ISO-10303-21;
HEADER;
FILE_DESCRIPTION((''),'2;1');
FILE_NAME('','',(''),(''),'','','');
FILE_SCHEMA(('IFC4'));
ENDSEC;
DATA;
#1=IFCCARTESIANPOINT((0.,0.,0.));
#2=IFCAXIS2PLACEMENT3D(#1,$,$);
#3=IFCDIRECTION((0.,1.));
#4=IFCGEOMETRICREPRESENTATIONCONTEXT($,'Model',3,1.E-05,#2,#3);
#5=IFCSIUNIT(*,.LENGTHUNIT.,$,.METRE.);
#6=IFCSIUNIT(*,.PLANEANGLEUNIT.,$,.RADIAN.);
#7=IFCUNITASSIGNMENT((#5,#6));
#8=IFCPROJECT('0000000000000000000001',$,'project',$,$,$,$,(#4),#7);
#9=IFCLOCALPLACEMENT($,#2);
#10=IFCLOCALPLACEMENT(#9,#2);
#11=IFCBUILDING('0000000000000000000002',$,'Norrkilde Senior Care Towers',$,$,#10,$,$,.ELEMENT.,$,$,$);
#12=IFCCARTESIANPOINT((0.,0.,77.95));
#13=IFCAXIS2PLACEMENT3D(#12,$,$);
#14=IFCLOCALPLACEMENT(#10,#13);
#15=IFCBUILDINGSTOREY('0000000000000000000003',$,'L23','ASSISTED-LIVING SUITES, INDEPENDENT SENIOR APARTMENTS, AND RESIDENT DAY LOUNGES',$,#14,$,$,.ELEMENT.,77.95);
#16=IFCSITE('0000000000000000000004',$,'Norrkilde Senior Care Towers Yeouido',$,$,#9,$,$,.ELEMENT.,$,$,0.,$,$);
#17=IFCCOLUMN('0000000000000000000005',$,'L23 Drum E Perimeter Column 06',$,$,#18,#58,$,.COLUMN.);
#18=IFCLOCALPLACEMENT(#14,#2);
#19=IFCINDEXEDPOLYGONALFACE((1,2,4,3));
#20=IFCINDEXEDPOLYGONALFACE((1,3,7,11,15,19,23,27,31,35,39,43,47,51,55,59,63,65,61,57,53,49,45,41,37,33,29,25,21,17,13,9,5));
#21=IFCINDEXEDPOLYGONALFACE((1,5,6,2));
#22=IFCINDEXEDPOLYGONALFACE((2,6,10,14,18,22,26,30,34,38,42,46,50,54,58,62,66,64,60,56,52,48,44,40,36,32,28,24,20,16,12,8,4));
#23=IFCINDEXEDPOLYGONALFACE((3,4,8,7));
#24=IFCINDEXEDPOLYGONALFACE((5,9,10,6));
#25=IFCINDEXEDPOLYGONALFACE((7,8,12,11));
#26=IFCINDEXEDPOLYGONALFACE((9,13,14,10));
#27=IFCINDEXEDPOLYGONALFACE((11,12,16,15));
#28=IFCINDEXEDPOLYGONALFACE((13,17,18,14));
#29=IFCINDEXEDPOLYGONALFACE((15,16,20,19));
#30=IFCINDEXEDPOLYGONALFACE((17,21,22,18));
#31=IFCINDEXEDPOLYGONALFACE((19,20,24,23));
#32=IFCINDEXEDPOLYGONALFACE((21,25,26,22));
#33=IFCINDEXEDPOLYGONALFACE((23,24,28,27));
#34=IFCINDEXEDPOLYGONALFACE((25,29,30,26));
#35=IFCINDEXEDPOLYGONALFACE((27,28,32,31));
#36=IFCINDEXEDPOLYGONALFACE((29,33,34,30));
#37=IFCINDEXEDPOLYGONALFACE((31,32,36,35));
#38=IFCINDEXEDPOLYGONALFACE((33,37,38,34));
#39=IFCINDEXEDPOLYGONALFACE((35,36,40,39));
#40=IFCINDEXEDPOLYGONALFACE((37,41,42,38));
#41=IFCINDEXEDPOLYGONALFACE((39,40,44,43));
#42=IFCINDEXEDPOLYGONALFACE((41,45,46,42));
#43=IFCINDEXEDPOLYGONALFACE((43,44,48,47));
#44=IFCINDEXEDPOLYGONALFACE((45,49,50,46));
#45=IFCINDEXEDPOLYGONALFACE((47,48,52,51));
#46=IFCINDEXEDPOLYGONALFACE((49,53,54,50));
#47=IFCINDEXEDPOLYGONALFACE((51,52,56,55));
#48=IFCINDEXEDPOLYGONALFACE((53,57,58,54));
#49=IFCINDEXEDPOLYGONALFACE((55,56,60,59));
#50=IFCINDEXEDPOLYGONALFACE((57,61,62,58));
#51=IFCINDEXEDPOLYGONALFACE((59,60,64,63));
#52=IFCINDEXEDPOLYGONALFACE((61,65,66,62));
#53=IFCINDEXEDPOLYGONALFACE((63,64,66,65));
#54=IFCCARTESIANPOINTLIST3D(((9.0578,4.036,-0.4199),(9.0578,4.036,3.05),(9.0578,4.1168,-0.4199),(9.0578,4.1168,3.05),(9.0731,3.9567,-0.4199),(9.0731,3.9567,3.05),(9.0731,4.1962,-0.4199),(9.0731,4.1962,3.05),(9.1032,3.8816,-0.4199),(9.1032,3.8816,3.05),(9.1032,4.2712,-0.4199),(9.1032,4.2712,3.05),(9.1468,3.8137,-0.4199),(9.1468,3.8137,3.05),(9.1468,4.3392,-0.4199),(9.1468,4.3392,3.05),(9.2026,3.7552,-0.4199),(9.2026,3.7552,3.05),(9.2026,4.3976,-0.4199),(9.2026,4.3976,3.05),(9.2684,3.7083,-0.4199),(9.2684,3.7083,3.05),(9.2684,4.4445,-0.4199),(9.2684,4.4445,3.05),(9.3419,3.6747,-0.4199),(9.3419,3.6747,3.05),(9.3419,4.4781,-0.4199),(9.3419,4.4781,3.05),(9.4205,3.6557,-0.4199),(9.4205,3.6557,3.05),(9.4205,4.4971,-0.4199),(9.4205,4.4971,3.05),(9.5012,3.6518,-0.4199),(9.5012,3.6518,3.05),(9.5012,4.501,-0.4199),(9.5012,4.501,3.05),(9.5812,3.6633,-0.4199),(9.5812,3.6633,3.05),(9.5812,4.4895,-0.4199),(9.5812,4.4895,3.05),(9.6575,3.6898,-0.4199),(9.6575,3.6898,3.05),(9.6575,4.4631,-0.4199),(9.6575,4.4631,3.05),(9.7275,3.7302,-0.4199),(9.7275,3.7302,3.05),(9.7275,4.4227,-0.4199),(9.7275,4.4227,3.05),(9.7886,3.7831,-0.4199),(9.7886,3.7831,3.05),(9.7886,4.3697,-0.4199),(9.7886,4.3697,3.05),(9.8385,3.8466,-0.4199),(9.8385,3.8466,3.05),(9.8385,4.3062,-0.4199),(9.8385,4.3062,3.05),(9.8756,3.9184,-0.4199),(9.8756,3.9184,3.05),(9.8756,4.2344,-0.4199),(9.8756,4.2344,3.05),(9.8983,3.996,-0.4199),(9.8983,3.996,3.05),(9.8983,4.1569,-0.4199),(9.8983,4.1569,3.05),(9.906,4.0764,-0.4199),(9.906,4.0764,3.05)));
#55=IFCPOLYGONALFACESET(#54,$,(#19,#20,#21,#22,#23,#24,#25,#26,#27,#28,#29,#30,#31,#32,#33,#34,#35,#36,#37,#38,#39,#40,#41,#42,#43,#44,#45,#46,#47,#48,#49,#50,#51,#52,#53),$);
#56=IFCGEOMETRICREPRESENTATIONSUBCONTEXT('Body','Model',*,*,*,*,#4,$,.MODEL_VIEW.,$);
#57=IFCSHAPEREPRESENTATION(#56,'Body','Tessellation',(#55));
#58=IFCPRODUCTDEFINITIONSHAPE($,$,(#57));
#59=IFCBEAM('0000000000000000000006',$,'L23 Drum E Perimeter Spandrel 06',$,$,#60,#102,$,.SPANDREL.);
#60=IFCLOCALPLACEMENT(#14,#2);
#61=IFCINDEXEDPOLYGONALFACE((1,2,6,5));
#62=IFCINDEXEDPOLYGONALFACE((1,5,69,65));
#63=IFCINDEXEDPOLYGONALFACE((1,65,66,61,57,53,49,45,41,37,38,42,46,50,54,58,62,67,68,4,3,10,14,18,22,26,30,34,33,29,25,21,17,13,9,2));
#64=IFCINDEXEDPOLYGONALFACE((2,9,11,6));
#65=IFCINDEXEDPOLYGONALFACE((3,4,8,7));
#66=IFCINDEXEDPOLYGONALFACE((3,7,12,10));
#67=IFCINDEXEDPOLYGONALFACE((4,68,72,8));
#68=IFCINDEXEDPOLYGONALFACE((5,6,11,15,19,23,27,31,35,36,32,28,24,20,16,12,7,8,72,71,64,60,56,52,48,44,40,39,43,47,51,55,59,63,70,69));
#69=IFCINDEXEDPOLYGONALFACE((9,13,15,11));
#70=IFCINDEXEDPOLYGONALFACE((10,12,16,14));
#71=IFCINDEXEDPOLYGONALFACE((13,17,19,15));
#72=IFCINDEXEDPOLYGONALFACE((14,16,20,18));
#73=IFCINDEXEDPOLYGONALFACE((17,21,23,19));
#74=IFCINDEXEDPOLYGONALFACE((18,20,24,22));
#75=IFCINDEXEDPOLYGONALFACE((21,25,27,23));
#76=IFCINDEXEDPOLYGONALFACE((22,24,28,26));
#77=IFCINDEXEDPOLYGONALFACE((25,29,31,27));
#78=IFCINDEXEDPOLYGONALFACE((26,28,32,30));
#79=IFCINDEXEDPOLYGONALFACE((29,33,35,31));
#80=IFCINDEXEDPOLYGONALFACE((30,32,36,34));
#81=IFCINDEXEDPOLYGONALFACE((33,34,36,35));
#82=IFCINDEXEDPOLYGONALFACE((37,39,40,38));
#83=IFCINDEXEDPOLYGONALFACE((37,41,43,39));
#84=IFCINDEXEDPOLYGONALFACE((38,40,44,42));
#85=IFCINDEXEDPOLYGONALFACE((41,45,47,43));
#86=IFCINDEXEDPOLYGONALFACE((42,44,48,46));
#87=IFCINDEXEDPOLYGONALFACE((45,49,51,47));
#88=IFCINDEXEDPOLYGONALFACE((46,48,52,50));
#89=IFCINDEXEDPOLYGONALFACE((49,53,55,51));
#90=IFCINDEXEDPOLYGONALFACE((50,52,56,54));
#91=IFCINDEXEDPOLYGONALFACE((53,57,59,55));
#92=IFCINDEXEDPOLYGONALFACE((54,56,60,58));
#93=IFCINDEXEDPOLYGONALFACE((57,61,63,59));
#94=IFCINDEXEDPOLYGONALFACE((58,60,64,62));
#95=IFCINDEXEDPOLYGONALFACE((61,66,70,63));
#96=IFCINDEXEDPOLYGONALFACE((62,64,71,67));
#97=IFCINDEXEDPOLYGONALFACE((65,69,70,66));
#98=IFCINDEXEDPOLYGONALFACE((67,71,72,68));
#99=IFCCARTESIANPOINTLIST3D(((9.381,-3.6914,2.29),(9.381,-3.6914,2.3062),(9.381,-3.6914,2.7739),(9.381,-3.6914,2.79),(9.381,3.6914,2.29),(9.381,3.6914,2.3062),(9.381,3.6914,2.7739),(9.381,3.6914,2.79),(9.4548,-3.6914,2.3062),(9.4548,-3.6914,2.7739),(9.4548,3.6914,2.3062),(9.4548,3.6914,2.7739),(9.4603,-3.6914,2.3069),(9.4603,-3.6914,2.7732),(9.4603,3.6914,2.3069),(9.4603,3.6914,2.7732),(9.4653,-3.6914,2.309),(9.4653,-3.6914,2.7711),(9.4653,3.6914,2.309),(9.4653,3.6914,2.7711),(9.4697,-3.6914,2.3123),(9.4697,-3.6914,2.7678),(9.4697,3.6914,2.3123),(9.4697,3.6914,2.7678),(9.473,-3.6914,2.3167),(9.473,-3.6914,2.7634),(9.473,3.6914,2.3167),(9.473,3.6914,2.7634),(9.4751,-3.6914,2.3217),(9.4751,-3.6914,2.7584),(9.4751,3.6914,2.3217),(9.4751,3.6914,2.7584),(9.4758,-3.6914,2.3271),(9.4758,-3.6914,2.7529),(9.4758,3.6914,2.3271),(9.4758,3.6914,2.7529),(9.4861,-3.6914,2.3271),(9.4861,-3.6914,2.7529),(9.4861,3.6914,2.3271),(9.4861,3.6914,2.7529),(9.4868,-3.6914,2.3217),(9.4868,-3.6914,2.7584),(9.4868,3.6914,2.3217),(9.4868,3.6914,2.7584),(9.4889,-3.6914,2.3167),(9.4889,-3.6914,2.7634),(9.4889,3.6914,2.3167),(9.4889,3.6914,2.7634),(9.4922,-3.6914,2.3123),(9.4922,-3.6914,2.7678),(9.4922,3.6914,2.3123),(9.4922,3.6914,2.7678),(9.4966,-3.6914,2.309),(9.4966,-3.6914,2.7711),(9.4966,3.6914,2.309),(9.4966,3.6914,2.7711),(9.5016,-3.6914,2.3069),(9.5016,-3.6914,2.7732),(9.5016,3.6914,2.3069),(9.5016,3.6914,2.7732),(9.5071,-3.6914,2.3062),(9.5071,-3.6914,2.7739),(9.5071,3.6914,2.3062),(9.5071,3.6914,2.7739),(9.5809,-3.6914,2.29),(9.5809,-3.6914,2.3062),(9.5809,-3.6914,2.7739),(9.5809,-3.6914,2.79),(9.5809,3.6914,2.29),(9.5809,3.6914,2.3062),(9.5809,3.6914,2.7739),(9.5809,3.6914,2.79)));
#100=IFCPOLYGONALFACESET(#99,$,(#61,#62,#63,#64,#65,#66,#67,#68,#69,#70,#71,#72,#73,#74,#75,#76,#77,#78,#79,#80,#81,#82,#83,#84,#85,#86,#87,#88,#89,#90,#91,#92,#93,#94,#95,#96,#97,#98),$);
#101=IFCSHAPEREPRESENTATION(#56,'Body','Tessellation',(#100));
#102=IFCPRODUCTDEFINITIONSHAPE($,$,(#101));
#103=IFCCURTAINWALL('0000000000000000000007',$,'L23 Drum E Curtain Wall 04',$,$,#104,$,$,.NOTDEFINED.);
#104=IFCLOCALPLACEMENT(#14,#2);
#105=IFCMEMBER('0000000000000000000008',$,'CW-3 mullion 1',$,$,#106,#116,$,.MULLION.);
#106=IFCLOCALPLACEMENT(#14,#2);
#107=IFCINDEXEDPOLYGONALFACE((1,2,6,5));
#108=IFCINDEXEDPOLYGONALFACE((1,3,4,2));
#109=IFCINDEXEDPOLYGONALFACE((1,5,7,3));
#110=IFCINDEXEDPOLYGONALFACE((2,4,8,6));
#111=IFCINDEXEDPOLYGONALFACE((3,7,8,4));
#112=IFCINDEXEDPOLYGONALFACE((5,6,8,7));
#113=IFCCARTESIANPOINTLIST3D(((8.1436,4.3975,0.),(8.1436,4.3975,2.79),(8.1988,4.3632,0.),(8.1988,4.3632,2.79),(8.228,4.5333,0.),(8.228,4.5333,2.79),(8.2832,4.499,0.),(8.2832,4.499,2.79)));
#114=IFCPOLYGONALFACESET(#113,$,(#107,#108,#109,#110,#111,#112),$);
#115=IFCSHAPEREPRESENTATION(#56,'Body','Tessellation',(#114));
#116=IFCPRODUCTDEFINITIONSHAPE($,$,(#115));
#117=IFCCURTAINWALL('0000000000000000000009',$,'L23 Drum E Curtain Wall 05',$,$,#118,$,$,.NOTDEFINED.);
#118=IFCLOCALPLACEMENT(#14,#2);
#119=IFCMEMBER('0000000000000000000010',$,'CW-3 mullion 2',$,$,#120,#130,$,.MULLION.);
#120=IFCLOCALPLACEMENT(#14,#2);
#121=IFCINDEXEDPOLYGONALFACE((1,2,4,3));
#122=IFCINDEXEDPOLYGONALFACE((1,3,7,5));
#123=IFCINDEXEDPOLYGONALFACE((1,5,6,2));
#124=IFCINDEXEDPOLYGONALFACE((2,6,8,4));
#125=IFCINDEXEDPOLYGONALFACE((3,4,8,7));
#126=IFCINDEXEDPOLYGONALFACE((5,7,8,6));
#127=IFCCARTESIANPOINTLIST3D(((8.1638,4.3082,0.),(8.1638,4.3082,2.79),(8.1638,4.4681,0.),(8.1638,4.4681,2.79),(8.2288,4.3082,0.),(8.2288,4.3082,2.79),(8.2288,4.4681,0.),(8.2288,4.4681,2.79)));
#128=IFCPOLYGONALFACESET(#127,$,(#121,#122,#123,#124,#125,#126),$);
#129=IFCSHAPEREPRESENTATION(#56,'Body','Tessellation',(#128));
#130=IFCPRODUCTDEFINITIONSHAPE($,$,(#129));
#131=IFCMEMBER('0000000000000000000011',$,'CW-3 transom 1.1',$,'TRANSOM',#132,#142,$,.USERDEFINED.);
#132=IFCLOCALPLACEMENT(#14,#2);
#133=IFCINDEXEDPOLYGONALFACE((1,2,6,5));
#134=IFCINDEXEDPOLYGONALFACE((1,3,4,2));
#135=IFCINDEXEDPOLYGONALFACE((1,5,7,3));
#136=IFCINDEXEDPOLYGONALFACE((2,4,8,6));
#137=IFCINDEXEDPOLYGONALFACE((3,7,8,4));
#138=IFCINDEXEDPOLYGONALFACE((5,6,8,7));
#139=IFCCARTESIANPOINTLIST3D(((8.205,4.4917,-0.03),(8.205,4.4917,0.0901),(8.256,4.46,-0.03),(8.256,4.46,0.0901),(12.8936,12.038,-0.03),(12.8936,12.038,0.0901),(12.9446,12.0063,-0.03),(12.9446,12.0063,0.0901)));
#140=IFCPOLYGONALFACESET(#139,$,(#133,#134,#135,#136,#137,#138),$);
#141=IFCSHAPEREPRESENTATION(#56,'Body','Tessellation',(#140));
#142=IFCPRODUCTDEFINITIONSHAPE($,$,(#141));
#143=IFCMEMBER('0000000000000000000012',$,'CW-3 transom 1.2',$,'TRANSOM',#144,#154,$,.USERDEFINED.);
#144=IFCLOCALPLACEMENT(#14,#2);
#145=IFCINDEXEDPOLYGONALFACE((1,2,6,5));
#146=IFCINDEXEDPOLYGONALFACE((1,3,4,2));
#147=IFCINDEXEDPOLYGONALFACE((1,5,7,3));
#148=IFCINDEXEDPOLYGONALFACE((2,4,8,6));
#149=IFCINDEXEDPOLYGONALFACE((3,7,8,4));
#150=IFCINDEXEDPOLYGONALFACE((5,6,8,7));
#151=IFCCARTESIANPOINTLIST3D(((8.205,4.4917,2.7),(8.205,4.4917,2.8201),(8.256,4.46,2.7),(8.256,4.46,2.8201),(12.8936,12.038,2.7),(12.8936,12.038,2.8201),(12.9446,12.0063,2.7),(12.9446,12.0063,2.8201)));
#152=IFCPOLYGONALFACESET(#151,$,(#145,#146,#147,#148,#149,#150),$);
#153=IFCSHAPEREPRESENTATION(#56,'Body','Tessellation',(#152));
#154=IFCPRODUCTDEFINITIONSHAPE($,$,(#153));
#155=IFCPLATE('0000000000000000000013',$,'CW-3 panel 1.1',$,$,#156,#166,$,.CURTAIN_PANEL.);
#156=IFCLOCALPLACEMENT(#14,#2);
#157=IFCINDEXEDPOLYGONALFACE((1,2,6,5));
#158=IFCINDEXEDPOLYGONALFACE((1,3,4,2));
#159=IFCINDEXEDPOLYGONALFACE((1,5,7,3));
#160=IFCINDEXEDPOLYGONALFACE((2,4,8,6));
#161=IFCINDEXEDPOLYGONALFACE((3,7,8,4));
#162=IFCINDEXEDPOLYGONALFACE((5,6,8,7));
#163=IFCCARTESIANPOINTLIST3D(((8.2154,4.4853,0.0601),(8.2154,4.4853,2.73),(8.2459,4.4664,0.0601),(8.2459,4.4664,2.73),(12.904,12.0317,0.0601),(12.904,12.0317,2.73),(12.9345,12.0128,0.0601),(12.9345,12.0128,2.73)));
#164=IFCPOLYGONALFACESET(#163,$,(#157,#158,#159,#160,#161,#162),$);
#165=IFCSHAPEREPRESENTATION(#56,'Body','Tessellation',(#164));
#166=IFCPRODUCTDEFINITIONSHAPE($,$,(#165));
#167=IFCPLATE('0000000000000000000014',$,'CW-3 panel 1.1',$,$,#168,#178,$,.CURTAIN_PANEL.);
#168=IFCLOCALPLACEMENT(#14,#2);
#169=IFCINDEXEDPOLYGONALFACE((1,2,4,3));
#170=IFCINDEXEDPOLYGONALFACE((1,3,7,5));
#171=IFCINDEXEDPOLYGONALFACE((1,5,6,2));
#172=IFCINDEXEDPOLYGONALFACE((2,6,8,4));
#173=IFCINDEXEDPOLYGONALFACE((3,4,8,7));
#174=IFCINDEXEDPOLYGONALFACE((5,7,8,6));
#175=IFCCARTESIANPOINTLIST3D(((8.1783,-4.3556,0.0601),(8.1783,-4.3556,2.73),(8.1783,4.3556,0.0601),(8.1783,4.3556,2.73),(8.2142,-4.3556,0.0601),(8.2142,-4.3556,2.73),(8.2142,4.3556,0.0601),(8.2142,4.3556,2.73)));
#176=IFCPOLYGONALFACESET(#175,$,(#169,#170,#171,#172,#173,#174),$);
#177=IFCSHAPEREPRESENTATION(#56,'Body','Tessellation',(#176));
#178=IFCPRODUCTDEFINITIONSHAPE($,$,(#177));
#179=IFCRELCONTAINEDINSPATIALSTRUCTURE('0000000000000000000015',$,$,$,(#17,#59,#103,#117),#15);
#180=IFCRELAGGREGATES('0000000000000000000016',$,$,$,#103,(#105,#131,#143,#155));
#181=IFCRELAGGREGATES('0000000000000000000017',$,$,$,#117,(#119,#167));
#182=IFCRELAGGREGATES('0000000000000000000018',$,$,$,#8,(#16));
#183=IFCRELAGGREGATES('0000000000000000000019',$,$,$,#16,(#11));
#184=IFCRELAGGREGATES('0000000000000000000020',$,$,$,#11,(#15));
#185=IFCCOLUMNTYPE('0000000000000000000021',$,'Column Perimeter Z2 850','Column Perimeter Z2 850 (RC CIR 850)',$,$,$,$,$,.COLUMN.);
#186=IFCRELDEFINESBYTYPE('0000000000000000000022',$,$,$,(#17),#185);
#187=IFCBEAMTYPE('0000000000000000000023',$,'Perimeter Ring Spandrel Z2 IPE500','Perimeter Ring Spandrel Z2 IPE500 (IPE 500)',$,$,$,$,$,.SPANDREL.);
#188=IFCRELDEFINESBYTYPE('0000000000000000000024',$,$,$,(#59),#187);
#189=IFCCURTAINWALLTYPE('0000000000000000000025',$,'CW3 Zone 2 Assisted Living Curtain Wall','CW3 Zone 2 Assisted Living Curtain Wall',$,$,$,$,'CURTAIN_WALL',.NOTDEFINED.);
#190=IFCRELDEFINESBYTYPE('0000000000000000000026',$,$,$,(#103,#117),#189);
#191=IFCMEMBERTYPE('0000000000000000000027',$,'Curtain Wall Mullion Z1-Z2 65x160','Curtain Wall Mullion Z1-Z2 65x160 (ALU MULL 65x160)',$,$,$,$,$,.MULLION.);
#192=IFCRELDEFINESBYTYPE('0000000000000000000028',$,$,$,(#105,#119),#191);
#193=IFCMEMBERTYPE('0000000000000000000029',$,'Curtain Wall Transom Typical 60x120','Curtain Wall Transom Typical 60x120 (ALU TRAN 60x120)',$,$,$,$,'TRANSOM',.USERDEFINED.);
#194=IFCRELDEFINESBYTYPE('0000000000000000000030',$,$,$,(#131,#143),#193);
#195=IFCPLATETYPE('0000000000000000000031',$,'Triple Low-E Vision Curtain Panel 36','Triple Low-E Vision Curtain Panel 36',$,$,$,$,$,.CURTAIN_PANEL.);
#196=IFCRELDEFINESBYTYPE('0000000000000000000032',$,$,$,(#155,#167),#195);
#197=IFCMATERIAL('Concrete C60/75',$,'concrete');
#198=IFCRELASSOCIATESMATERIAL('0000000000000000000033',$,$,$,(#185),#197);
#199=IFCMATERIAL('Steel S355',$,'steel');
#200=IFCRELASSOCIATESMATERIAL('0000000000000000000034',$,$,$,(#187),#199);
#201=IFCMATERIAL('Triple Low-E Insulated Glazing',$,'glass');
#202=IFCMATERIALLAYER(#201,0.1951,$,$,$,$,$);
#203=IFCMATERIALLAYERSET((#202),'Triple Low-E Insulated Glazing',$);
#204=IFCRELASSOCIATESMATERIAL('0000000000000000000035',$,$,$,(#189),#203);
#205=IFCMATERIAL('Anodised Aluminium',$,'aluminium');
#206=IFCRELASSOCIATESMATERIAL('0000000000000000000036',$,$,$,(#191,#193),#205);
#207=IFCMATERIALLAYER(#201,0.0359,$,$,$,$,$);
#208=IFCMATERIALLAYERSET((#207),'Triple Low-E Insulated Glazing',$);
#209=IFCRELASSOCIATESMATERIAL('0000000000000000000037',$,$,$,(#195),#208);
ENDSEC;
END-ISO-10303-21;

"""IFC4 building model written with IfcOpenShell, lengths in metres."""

from ifc_helpers import new_model, si_unit, direction, frame, origin, origin_2d, place, context, subcontext, project, spatial, rectangle, circle, i_section, extrude, source, transform, mapped, material, layer, layer_set, material_profile, profile_set, type_object, type_shapes, element, aggregate, save


model = new_model("IFC4")

# Units and contexts
model_context = context("Model", 3, precision=1e-05, world=origin(), true_north=direction((0.0, 1.0)))
body_context = subcontext(model_context, "Body", "Model", "MODEL_VIEW")
ifc_project = project(units=[si_unit("LENGTHUNIT", "METRE"), si_unit("PLANEANGLEUNIT", "RADIAN")], contexts=[model_context])

# Site, building, storey
site_placement = place(None, origin())
site = spatial("IfcSite", under=ifc_project, at=site_placement, Name="Norrkilde Senior Care Towers Yeouido", CompositionType="ELEMENT", RefElevation=0.0)
building_placement = place(site_placement, origin())
building = spatial("IfcBuilding", under=site, at=building_placement, Name="Norrkilde Senior Care Towers", CompositionType="ELEMENT")
storey_placement = place(building_placement, frame((0.0, 0.0, 77.95)))
storey = spatial("IfcBuildingStorey", under=building, at=storey_placement, Name="L23", Description="ASSISTED-LIVING SUITES, INDEPENDENT SENIOR APARTMENTS, AND RESIDENT DAY LOUNGES", CompositionType="ELEMENT", Elevation=77.95)

# Column
ifc_material_1 = material(Name="Concrete C60/75", Category="concrete")
ifc_material_profile_1 = material_profile(ifc_material_1, circle(Radius=0.425, at=origin_2d()), Name="RC CIR 850")
ifc_profile_set_1 = profile_set([ifc_material_profile_1], Name="Concrete C60/75")
column_type = type_object("IfcColumnType", Name="Column Perimeter Z2 850", Description="Column Perimeter Z2 850 (RC CIR 850)", PredefinedType="COLUMN", material=ifc_profile_set_1)
shared_shape_1 = source(origin(), body_context, "Body", "SweptSolid", [
    extrude(circle(Radius=0.425, at=origin_2d()), origin(), (0.0, 0.0, 1.0), 3.47),
])
type_shapes(column_type, [shared_shape_1])
column_placement = place(storey_placement, frame((9.481, 4.0764, -0.4199), z_axis=(0.0, 0.0, 1.0), x_axis=(1.0, 0.0, 0.0)))
element("IfcColumn", 1, at=column_placement, inside=storey, type_object=column_type, Name="L23 Drum E Perimeter Column 06", PredefinedType="COLUMN", context=body_context, shape_type="MappedRepresentation", body=[
    mapped(shared_shape_1, transform((0.0, 0.0, 0.0), x_axis=(1.0, 0.0, 0.0), y_axis=(0.0, 1.0, 0.0), z_axis=(0.0, 0.0, 1.0), scale=1.0)),
])

# Beam
ifc_material_2 = material(Name="Steel S355", Category="steel")
ifc_material_profile_2 = material_profile(ifc_material_2, i_section(OverallWidth=0.2, OverallDepth=0.5, WebThickness=0.0103, FlangeThickness=0.0161, FilletRadius=0.021, at=origin_2d()), Name="IPE 500")
ifc_profile_set_2 = profile_set([ifc_material_profile_2], Name="Steel S355")
beam_type = type_object("IfcBeamType", Name="Perimeter Ring Spandrel Z2 IPE500", Description="Perimeter Ring Spandrel Z2 IPE500 (IPE 500)", PredefinedType="SPANDREL", material=ifc_profile_set_2)
shared_shape_2 = source(origin(), body_context, "Body", "SweptSolid", [
    extrude(i_section(OverallWidth=0.2, OverallDepth=0.5, WebThickness=0.0103, FlangeThickness=0.0161, FilletRadius=0.021, at=origin_2d()), origin(), (0.0, 0.0, 1.0), 7.3828),
])
type_shapes(beam_type, [shared_shape_2])
beam_placement = place(storey_placement, frame((9.481, 3.6914, 2.54), z_axis=(0.0, -1.0, 0.0), x_axis=(1.0, 0.0, 0.0)))
element("IfcBeam", 2, at=beam_placement, inside=storey, type_object=beam_type, Name="L23 Drum E Perimeter Spandrel 06", PredefinedType="SPANDREL", context=body_context, shape_type="MappedRepresentation", body=[
    mapped(shared_shape_2, transform((0.0, 0.0, 0.0), x_axis=(1.0, 0.0, 0.0), y_axis=(0.0, 1.0, 0.0), z_axis=(0.0, 0.0, 1.0), scale=1.0)),
])

# Curtain walls, members
ifc_material_3 = material(Name="Triple Low-E Insulated Glazing", Category="glass")
ifc_layer_1 = layer(ifc_material_3, 0.1951)
ifc_layer_set_1 = layer_set([ifc_layer_1], Name="Triple Low-E Insulated Glazing")
curtain_wall_type = type_object("IfcCurtainWallType", Name="CW3 Zone 2 Assisted Living Curtain Wall", Description="CW3 Zone 2 Assisted Living Curtain Wall", ElementType="CURTAIN_WALL", PredefinedType="NOTDEFINED", material=ifc_layer_set_1)
curtain_wall_1_placement = place(storey_placement, origin())
curtain_wall_1 = element("IfcCurtainWall", 3, at=curtain_wall_1_placement, inside=storey, type_object=curtain_wall_type, Name="L23 Drum E Curtain Wall 04", PredefinedType="NOTDEFINED")
ifc_material_4 = material(Name="Anodised Aluminium", Category="aluminium")
ifc_material_profile_3 = material_profile(ifc_material_4, rectangle(XDim=0.0649, YDim=0.1599, at=origin_2d()), Name="ALU MULL 65x160")
ifc_profile_set_3 = profile_set([ifc_material_profile_3], Name="Anodised Aluminium")
member_type_1 = type_object("IfcMemberType", Name="Curtain Wall Mullion Z1-Z2 65x160", Description="Curtain Wall Mullion Z1-Z2 65x160 (ALU MULL 65x160)", PredefinedType="MULLION", material=ifc_profile_set_3)
shared_shape_3 = source(origin(), body_context, "Body", "SweptSolid", [
    extrude(rectangle(XDim=0.0649, YDim=0.1599, at=origin_2d()), origin(), (0.0, 0.0, 1.0), 2.79),
])
type_shapes(member_type_1, [shared_shape_3])
member_1_placement = place(storey_placement, frame((8.2134, 4.4482, 0.0), z_axis=(0.0, 0.0, 1.0), x_axis=(-0.84941, 0.527733, 0.0)))
member_1 = element("IfcMember", 4, at=member_1_placement, type_object=member_type_1, Name="CW-3 mullion 1", PredefinedType="MULLION", context=body_context, shape_type="MappedRepresentation", body=[
    mapped(shared_shape_3, transform((0.0, 0.0, 0.0), x_axis=(1.0, 0.0, 0.0), y_axis=(0.0, 1.0, 0.0), z_axis=(0.0, 0.0, 1.0), scale=1.0)),
])
curtain_wall_2_placement = place(storey_placement, origin())
curtain_wall_2 = element("IfcCurtainWall", 5, at=curtain_wall_2_placement, inside=storey, type_object=curtain_wall_type, Name="L23 Drum E Curtain Wall 05", PredefinedType="NOTDEFINED")
member_2_placement = place(storey_placement, frame((8.1963, 4.3882, 0.0), z_axis=(0.0, 0.0, 1.0), x_axis=(-1.0, 0.0, 0.0)))
member_2 = element("IfcMember", 6, at=member_2_placement, type_object=member_type_1, Name="CW-3 mullion 2", PredefinedType="MULLION", context=body_context, shape_type="MappedRepresentation", body=[
    mapped(shared_shape_3, transform((0.0, 0.0, 0.0), x_axis=(1.0, 0.0, 0.0), y_axis=(0.0, 1.0, 0.0), z_axis=(0.0, 0.0, 1.0), scale=1.0)),
])

# Members
ifc_material_profile_4 = material_profile(ifc_material_4, rectangle(XDim=0.0601, YDim=0.1201, at=origin_2d()), Name="ALU TRAN 60x120")
ifc_profile_set_4 = profile_set([ifc_material_profile_4], Name="Anodised Aluminium")
member_type_2 = type_object("IfcMemberType", Name="Curtain Wall Transom Typical 60x120", Description="Curtain Wall Transom Typical 60x120 (ALU TRAN 60x120)", ElementType="TRANSOM", PredefinedType="USERDEFINED", material=ifc_profile_set_4)
shared_shape_4 = source(origin(), body_context, "Body", "SweptSolid", [
    extrude(rectangle(XDim=0.0601, YDim=0.1201, at=origin_2d()), origin(), (0.0, 0.0, 1.0), 8.8843),
])
type_shapes(member_type_2, [shared_shape_4])
member_3_placement = place(storey_placement, frame((8.2305, 4.4758, 0.03), z_axis=(0.527749, 0.8494, 0.0), x_axis=(-0.8494, 0.527749, 0.0)))
member_3 = element("IfcMember", 7, at=member_3_placement, type_object=member_type_2, Name="CW-3 transom 1.1", ObjectType="TRANSOM", PredefinedType="USERDEFINED", context=body_context, shape_type="MappedRepresentation", body=[
    mapped(shared_shape_4, transform((0.0, 0.0, 0.0), x_axis=(1.0, 0.0, 0.0), y_axis=(0.0, 1.0, 0.0), z_axis=(0.0, 0.0, 1.0), scale=1.0)),
])
member_4_placement = place(storey_placement, frame((8.2305, 4.4758, 2.76), z_axis=(0.527749, 0.8494, 0.0), x_axis=(-0.8494, 0.527749, 0.0)))
member_4 = element("IfcMember", 8, at=member_4_placement, type_object=member_type_2, Name="CW-3 transom 1.2", ObjectType="TRANSOM", PredefinedType="USERDEFINED", context=body_context, shape_type="MappedRepresentation", body=[
    mapped(shared_shape_4, transform((0.0, 0.0, 0.0), x_axis=(1.0, 0.0, 0.0), y_axis=(0.0, 1.0, 0.0), z_axis=(0.0, 0.0, 1.0), scale=1.0)),
])

# Plates
ifc_layer_2 = layer(ifc_material_3, 0.0359)
ifc_layer_set_2 = layer_set([ifc_layer_2], Name="Triple Low-E Insulated Glazing")
plate_type = type_object("IfcPlateType", Name="Triple Low-E Vision Curtain Panel 36", Description="Triple Low-E Vision Curtain Panel 36", PredefinedType="CURTAIN_PANEL", material=ifc_layer_set_2)
shared_shape_5 = source(origin(), body_context, "Body", "SweptSolid", [
    extrude(rectangle(XDim=8.8843, YDim=0.0359, at=origin_2d()), origin(), (0.0, 0.0, 1.0), 2.6699),
])
plate_1_placement = place(storey_placement, frame((10.575, 8.249, 0.0601), z_axis=(0.0, 0.0, 1.0), x_axis=(0.527733, 0.84941, 0.0)))
plate_1 = element("IfcPlate", 9, at=plate_1_placement, type_object=plate_type, Name="CW-3 panel 1.1", PredefinedType="CURTAIN_PANEL", context=body_context, shape_type="MappedRepresentation", body=[
    mapped(shared_shape_5, transform((0.0, 0.0, 0.0), x_axis=(1.0, 0.0, 0.0), y_axis=(0.0, 1.0, 0.0), z_axis=(0.0, 0.0, 1.0), scale=1.0)),
])
aggregate(curtain_wall_1, [member_1, member_3, member_4, plate_1])
shared_shape_6 = source(origin(), body_context, "Body", "SweptSolid", [
    extrude(rectangle(XDim=8.7112, YDim=0.0359, at=origin_2d()), origin(), (0.0, 0.0, 1.0), 2.6699),
])
type_shapes(plate_type, [shared_shape_5, shared_shape_6])
plate_2_placement = place(storey_placement, frame((8.1963, 0.0, 0.0601), z_axis=(0.0, 0.0, 1.0), x_axis=(0.0, 1.0, 0.0)))
plate_2 = element("IfcPlate", 10, at=plate_2_placement, type_object=plate_type, Name="CW-3 panel 1.1", PredefinedType="CURTAIN_PANEL", context=body_context, shape_type="MappedRepresentation", body=[
    mapped(shared_shape_6, transform((0.0, 0.0, 0.0), x_axis=(1.0, 0.0, 0.0), y_axis=(0.0, 1.0, 0.0), z_axis=(0.0, 0.0, 1.0), scale=1.0)),
])
aggregate(curtain_wall_2, [member_2, plate_2])

save(model, "model.ifc")
